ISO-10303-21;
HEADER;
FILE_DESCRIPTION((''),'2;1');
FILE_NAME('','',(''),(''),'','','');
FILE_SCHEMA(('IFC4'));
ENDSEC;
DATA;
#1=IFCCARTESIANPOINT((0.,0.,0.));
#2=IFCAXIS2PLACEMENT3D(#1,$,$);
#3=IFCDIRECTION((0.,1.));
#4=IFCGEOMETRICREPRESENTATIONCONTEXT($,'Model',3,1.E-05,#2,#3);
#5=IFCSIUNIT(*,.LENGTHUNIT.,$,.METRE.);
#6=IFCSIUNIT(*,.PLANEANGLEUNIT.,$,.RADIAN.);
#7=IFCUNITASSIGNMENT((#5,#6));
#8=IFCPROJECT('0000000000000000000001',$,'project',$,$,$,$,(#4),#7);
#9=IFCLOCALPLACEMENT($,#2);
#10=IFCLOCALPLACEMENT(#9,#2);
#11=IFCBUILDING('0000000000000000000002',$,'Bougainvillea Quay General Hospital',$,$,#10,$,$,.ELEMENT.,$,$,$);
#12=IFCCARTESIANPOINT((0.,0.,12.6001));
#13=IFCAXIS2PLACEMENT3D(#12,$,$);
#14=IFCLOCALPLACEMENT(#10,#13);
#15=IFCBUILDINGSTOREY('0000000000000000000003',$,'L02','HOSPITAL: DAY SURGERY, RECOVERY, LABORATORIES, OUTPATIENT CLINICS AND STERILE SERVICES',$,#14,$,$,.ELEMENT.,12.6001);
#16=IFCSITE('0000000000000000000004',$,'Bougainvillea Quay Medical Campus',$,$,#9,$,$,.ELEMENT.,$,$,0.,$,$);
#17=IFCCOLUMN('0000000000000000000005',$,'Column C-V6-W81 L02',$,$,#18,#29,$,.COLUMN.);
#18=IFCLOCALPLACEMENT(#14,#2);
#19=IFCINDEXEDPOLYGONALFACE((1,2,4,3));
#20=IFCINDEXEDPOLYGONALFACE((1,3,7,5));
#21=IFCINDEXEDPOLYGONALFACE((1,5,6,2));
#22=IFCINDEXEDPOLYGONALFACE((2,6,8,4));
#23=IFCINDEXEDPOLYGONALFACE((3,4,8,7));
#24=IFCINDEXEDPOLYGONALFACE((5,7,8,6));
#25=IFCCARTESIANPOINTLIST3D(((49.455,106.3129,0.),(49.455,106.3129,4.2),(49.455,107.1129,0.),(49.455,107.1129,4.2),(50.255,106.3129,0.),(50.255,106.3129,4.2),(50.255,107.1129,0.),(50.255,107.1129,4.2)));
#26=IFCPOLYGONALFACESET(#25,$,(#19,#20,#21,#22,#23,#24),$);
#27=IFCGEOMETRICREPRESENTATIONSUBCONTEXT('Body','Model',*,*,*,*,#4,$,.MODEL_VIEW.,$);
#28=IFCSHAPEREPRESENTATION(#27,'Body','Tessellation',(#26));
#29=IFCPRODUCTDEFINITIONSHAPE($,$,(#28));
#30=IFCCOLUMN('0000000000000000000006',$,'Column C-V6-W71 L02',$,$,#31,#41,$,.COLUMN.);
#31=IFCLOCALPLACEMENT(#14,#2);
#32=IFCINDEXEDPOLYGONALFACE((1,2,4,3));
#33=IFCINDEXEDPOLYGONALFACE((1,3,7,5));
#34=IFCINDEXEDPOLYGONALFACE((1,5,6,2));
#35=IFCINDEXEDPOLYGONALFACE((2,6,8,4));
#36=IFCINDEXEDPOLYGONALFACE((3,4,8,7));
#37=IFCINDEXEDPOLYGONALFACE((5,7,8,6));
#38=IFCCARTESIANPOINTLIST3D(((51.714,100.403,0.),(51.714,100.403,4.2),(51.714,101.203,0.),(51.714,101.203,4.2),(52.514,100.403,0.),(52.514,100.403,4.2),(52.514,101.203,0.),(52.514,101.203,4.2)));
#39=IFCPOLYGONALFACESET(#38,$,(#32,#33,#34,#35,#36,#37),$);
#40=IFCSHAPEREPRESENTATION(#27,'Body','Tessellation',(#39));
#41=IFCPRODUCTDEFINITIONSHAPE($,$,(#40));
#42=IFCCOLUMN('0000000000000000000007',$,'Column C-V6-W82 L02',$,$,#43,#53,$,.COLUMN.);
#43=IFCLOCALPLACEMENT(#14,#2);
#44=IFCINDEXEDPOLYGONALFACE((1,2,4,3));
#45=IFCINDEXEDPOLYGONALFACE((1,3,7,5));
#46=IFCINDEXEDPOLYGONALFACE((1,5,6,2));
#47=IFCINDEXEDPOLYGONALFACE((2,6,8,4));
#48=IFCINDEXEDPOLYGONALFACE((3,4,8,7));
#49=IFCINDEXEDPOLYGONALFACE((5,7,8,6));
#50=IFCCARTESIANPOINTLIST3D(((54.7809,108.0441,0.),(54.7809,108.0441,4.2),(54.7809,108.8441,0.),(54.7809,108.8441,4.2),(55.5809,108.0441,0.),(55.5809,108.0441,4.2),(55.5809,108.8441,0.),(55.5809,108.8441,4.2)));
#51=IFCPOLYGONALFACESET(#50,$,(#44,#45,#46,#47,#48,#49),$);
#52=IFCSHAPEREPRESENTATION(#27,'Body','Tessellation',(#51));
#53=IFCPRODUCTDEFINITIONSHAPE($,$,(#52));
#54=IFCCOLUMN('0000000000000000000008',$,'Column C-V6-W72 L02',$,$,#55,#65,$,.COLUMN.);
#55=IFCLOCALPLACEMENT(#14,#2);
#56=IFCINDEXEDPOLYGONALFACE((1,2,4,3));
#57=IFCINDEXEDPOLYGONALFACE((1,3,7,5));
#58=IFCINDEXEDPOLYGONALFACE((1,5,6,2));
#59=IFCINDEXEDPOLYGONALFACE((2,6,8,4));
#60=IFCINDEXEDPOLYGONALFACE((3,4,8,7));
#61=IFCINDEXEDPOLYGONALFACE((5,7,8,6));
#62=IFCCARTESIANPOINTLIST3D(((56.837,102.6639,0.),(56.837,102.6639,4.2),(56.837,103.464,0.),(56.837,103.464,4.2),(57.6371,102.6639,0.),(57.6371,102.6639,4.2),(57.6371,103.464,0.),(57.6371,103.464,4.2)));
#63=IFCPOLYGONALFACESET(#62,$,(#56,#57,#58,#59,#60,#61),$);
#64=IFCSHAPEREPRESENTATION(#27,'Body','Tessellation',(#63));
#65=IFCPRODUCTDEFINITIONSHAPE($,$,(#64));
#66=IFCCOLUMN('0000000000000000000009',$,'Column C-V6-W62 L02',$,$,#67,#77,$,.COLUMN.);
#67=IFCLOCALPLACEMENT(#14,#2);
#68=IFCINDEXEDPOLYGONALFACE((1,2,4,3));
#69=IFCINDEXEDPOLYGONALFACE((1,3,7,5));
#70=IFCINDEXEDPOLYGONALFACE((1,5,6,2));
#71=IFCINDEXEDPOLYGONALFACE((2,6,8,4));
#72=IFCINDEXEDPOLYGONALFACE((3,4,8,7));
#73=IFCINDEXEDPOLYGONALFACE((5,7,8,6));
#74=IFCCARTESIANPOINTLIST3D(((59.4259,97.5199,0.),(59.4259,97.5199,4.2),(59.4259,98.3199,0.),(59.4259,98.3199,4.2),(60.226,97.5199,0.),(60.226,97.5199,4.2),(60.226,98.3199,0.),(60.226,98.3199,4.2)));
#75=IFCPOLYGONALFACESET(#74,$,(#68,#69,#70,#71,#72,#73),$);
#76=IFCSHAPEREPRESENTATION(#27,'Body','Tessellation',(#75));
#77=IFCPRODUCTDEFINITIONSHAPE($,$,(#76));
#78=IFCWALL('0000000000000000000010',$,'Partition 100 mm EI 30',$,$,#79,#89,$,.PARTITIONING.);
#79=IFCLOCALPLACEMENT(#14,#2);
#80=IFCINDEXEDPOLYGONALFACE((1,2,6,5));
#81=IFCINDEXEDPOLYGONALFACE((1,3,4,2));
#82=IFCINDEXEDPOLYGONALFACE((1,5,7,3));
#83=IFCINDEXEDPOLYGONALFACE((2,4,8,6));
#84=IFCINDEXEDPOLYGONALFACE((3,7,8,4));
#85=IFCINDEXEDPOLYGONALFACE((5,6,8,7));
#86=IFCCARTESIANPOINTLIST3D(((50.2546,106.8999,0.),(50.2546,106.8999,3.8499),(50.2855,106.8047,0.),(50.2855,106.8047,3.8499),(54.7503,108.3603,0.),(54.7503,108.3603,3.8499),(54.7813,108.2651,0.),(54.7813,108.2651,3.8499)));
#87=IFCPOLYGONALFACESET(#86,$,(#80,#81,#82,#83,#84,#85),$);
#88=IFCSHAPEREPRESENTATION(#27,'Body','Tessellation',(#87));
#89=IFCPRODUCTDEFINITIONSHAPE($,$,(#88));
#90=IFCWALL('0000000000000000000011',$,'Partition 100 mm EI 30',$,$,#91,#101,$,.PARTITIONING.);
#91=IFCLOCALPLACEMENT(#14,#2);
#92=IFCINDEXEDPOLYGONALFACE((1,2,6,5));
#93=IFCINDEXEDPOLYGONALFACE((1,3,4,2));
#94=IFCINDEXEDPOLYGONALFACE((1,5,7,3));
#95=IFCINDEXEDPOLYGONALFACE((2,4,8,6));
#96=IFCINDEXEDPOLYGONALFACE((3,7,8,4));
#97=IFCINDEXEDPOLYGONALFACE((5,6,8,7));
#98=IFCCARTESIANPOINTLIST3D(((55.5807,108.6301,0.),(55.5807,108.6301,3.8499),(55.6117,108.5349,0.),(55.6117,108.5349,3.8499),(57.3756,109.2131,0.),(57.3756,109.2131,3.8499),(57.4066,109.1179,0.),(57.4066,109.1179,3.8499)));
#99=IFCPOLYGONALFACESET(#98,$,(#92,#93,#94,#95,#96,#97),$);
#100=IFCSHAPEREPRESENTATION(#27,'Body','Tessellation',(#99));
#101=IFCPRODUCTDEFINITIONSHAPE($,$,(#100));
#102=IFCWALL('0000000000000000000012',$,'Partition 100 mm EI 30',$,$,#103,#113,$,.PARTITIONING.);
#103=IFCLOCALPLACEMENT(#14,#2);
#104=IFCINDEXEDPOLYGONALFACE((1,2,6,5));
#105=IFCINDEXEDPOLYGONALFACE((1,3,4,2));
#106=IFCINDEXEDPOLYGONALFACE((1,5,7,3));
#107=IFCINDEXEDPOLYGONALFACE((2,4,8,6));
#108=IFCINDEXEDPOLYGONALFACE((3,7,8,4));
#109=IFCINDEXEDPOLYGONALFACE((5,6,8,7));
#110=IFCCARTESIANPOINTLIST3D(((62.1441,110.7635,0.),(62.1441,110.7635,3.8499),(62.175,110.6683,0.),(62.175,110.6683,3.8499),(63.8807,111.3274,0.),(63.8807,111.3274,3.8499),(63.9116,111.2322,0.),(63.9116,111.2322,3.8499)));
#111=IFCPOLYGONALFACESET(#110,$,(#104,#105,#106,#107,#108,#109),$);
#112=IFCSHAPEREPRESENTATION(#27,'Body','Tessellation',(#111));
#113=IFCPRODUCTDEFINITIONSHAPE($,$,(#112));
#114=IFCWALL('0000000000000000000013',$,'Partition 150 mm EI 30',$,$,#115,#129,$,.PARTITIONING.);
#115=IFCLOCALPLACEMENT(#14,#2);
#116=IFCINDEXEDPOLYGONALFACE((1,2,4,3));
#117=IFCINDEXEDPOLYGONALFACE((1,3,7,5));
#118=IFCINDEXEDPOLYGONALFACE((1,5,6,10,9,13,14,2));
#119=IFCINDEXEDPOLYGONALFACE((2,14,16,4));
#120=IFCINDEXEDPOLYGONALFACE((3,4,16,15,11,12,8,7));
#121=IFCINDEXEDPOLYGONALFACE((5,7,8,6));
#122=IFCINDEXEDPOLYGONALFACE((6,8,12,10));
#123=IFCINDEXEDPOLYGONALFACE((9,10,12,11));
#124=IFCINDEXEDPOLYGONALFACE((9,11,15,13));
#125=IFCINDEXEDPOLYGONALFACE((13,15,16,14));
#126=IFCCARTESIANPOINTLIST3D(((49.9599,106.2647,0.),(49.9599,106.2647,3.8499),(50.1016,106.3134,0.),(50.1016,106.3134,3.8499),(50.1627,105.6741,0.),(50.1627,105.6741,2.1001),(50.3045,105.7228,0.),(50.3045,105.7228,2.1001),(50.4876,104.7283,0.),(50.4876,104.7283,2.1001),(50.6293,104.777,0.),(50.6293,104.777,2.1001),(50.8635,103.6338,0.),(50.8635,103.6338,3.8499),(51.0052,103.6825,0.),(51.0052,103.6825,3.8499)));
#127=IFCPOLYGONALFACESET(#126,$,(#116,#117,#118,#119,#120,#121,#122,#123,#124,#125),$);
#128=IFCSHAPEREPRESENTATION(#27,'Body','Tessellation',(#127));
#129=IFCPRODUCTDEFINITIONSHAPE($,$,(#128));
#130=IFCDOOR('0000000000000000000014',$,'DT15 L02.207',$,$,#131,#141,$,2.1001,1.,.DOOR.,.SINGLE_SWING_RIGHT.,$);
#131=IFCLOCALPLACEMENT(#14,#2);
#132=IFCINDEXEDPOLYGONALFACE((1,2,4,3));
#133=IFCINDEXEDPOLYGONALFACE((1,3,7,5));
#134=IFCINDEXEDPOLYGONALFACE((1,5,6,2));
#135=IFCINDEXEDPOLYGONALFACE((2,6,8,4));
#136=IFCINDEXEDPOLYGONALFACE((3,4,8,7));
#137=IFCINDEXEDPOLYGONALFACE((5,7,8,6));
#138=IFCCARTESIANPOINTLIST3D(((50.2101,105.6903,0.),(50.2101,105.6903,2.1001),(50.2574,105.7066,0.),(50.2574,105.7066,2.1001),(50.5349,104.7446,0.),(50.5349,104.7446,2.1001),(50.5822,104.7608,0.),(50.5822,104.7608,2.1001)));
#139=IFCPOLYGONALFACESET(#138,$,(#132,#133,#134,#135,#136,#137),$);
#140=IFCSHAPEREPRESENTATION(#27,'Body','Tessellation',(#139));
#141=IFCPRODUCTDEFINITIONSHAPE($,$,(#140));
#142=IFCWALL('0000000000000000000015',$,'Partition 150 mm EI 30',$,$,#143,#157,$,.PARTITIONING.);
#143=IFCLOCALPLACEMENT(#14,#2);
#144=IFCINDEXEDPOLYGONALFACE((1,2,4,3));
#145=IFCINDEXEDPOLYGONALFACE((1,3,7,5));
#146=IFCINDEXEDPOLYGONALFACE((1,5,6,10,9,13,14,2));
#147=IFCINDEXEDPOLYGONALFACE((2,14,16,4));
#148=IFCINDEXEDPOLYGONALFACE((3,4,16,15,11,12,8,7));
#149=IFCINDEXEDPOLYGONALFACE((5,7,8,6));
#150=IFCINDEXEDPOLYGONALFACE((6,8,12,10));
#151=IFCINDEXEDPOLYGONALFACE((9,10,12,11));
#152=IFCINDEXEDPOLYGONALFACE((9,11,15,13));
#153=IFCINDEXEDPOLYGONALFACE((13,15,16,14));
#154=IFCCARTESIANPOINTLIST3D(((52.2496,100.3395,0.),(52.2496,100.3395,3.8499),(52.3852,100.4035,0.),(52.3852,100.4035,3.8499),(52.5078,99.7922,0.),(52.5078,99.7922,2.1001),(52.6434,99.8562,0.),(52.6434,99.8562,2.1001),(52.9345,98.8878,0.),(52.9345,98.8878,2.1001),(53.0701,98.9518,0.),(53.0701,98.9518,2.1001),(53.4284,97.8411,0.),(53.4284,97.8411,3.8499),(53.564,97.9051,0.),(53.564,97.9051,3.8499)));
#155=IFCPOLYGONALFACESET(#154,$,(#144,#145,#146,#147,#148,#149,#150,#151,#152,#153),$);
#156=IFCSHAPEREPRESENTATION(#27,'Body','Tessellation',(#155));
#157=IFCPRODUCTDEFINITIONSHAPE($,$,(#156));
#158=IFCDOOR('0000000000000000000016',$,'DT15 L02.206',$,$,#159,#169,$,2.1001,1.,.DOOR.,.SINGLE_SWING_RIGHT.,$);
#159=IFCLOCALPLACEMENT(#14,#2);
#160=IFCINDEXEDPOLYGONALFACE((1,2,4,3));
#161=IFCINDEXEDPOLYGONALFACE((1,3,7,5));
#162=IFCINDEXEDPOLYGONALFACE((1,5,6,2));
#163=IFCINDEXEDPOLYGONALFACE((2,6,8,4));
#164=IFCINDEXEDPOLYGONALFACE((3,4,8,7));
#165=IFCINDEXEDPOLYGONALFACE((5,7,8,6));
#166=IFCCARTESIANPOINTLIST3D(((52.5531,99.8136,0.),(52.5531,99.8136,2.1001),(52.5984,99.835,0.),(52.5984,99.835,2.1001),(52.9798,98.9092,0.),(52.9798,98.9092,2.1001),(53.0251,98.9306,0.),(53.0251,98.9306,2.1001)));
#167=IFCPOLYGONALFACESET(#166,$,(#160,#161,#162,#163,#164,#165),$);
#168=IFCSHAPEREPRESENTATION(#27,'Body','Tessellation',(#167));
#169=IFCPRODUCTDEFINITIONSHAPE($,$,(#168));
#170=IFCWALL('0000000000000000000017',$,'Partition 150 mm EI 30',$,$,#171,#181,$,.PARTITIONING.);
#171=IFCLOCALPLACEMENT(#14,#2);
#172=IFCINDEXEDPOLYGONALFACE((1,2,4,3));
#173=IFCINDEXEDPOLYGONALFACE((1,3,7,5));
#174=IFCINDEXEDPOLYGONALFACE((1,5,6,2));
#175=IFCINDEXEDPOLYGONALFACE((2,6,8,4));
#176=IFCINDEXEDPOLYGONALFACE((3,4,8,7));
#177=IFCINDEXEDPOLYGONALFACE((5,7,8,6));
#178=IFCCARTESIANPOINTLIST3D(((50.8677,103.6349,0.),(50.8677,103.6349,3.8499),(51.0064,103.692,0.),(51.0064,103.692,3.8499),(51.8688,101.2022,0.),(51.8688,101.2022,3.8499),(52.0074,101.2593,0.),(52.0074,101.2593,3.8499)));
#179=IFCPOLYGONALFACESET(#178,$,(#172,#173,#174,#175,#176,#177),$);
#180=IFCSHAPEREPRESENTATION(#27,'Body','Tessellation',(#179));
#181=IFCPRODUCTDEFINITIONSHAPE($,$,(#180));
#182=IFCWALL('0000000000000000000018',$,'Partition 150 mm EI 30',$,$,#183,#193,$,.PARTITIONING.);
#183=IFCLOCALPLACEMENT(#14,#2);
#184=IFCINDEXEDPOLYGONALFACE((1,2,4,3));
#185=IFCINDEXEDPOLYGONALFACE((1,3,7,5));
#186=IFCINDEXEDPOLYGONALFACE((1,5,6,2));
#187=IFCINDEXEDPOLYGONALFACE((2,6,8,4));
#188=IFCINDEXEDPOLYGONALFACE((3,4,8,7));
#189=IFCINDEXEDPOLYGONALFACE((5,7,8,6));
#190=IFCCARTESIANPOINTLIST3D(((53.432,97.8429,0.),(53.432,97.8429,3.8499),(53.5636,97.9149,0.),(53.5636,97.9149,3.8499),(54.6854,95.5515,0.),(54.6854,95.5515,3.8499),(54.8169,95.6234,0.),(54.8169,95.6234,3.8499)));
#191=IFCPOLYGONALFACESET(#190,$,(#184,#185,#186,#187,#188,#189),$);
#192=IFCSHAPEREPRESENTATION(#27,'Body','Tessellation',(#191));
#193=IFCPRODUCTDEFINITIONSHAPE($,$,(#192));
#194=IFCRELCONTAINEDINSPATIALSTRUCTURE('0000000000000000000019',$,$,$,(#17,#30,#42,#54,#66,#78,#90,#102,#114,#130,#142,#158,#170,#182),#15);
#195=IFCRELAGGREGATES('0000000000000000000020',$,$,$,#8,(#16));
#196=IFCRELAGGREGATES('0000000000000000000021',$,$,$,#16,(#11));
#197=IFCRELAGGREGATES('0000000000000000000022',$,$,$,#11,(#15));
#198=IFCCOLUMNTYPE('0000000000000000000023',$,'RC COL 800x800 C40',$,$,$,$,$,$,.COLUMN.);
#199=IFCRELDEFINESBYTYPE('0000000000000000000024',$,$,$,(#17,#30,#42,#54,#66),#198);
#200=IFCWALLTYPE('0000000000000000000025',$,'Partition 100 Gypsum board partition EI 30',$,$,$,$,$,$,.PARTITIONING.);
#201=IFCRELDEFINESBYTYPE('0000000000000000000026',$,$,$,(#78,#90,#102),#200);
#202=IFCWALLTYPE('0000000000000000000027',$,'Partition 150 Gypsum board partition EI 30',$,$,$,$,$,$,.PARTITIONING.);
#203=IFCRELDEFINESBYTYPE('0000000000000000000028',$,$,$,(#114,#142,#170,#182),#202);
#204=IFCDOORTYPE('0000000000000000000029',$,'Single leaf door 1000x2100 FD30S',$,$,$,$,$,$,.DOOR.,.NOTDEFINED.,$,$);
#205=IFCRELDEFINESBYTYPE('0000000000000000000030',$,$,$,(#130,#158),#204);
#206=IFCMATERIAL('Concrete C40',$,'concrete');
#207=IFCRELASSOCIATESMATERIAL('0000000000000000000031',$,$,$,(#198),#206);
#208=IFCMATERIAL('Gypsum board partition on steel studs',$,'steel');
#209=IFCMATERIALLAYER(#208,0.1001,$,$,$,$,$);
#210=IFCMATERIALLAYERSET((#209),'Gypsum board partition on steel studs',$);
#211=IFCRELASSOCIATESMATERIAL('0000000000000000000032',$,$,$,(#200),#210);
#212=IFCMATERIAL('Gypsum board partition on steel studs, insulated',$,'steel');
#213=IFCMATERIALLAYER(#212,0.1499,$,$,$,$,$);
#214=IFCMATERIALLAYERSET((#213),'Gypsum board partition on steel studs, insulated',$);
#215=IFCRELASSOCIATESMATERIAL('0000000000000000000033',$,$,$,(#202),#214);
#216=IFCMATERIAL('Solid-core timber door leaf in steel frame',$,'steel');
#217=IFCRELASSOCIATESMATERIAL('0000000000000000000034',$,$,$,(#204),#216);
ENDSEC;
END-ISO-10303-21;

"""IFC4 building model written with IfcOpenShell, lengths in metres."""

from ifc_helpers import new_model, si_unit, direction, frame, frame_2d, origin, origin_2d, place, context, subcontext, project, spatial, rectangle, extrude, material, layer, layer_set, material_profile, profile_set, type_object, element, fill, save


model = new_model("IFC4")

# Units and contexts
model_context = context("Model", 3, precision=1e-05, world=origin(), true_north=direction((0.0, 1.0)))
body_context = subcontext(model_context, "Body", "Model", "MODEL_VIEW")
ifc_project = project(units=[si_unit("LENGTHUNIT", "METRE"), si_unit("PLANEANGLEUNIT", "RADIAN")], contexts=[model_context])

# Site, building, storey
site_placement = place(None, origin())
site = spatial("IfcSite", under=ifc_project, at=site_placement, Name="Bougainvillea Quay Medical Campus", CompositionType="ELEMENT", RefElevation=0.0)
building_placement = place(site_placement, origin())
building = spatial("IfcBuilding", under=site, at=building_placement, Name="Bougainvillea Quay General Hospital", CompositionType="ELEMENT")
storey_placement = place(building_placement, frame((0.0, 0.0, 12.6001)))
storey = spatial("IfcBuildingStorey", under=building, at=storey_placement, Name="L02", Description="HOSPITAL: DAY SURGERY, RECOVERY, LABORATORIES, OUTPATIENT CLINICS AND STERILE SERVICES", CompositionType="ELEMENT", Elevation=12.6001)

# Columns
ifc_material_1 = material(Name="Concrete C40", Category="concrete")
ifc_material_profile = material_profile(ifc_material_1, rectangle(XDim=0.8, YDim=0.8, at=origin_2d()))
ifc_profile_set = profile_set([ifc_material_profile], Name="Concrete C40")
column_type = type_object("IfcColumnType", Name="RC COL 800x800 C40", PredefinedType="COLUMN", material=ifc_profile_set)
for number, where, z_axis, x_axis, name in (
    (1, (49.855, 106.7129, 0.0), (0.0, 0.0, 1.0), (1.0, 0.0, 0.0), "Column C-V6-W81 L02"),
    (2, (52.114, 100.803, 0.0), (0.0, 0.0, 1.0), (1.0, 0.0, 0.0), "Column C-V6-W71 L02"),
    (3, (55.1809, 108.4441, 0.0), (0.0, 0.0, 1.0), (1.0, 0.0, 0.0), "Column C-V6-W82 L02"),
    (4, (57.2371, 103.064, 0.0), (0.0, 0.0, 1.0), (1.0, 0.0, 0.0), "Column C-V6-W72 L02"),
    (5, (59.8259, 97.9199, 0.0), (0.0, 0.0, 1.0), (1.0, 0.0, 0.0), "Column C-V6-W62 L02"),
):
    element("IfcColumn", number, at=place(storey_placement, frame(where, z_axis=z_axis, x_axis=x_axis)), inside=storey, type_object=column_type, Name=name, PredefinedType="COLUMN", context=body_context, shape_type="SweptSolid", body=[
        extrude(rectangle(XDim=0.8, YDim=0.8, at=origin_2d()), origin(), (0.0, 0.0, 1.0), 4.2),
    ])

# Walls
ifc_material_2 = material(Name="Gypsum board partition on steel studs", Category="steel")
ifc_layer_1 = layer(ifc_material_2, 0.1001)
ifc_layer_set_1 = layer_set([ifc_layer_1], Name="Gypsum board partition on steel studs")
wall_type_1 = type_object("IfcWallType", Name="Partition 100 Gypsum board partition EI 30", PredefinedType="PARTITIONING", material=ifc_layer_set_1)
wall_1_placement = place(storey_placement, frame((50.27, 106.8523, 0.0), z_axis=(0.0, 0.0, 1.0), x_axis=(0.951078, 0.308952, 0.0)))
element("IfcWall", 6, at=wall_1_placement, inside=storey, type_object=wall_type_1, Name="Partition 100 mm EI 30", PredefinedType="PARTITIONING", context=body_context, shape_type="SweptSolid", body=[
    extrude(rectangle(XDim=4.7271, YDim=0.1001, at=frame_2d((2.3635, 0.0))), origin(), (0.0, 0.0, 1.0), 3.8499),
])
wall_2_placement = place(storey_placement, frame((55.5962, 108.5825, 0.0), z_axis=(0.0, 0.0, 1.0), x_axis=(0.951087, 0.308922, 0.0)))
element("IfcWall", 7, at=wall_2_placement, inside=storey, type_object=wall_type_1, Name="Partition 100 mm EI 30", PredefinedType="PARTITIONING", context=body_context, shape_type="SweptSolid", body=[
    extrude(rectangle(XDim=1.8872, YDim=0.1001, at=frame_2d((0.9436, 0.0))), origin(), (0.0, 0.0, 1.0), 3.8499),
])
wall_3_placement = place(storey_placement, frame((62.1594, 110.7158, 0.0), z_axis=(0.0, 0.0, 1.0), x_axis=(0.951102, 0.308877, 0.0)))
element("IfcWall", 8, at=wall_3_placement, inside=storey, type_object=wall_type_1, Name="Partition 100 mm EI 30", PredefinedType="PARTITIONING", context=body_context, shape_type="SweptSolid", body=[
    extrude(rectangle(XDim=1.8259, YDim=0.1001, at=frame_2d((0.9131, 0.0))), origin(), (0.0, 0.0, 1.0), 3.8499),
])

# Walls, openings, doors
ifc_material_3 = material(Name="Gypsum board partition on steel studs, insulated", Category="steel")
ifc_layer_2 = layer(ifc_material_3, 0.1499)
ifc_layer_set_2 = layer_set([ifc_layer_2], Name="Gypsum board partition on steel studs, insulated")
wall_type_2 = type_object("IfcWallType", Name="Partition 150 Gypsum board partition EI 30", PredefinedType="PARTITIONING", material=ifc_layer_set_2)
wall_4_placement = place(storey_placement, frame((50.0308, 106.2891, 0.0), z_axis=(0.0, 0.0, 1.0), x_axis=(0.324825, -0.945774, 0.0)))
wall_4 = element("IfcWall", 9, at=wall_4_placement, inside=storey, type_object=wall_type_2, Name="Partition 150 mm EI 30", PredefinedType="PARTITIONING", context=body_context, shape_type="SweptSolid", body=[
    extrude(rectangle(XDim=2.7817, YDim=0.1499, at=frame_2d((1.3909, 0.0))), origin(), (0.0, 0.0, 1.0), 3.8499),
])
opening_1_placement = place(wall_4_placement, frame((0.6245, 0.0, 0.0)))
opening_1 = element("IfcOpeningElement", 10, at=opening_1_placement, cuts=wall_4, PredefinedType="OPENING", context=body_context, shape_type="SweptSolid", body=[
    extrude(rectangle(XDim=1.0, YDim=2.1001, at=frame_2d((0.5, 1.05))), frame((0.0, 0.085, 0.0), z_axis=(0.0, -1.0, 0.0), x_axis=(1.0, 0.0, 0.0)), (0.0, 0.0, 1.0), 0.1699),
])
ifc_material_4 = material(Name="Solid-core timber door leaf in steel frame", Category="steel")
door_type_1 = type_object("IfcDoorType", Name="Single leaf door 1000x2100 FD30S", OperationType="NOTDEFINED", PredefinedType="DOOR", material=ifc_material_4)
door_1_placement = place(opening_1_placement, frame((1.0, 0.0, 0.0), z_axis=(0.0, 0.0, 1.0), x_axis=(-1.0, 0.0, 0.0)))
door_1 = element("IfcDoor", 11, at=door_1_placement, inside=storey, type_object=door_type_1, Name="DT15 L02.207", OperationType="SINGLE_SWING_RIGHT", OverallHeight=2.1001, OverallWidth=1.0, PredefinedType="DOOR", context=body_context, shape_type="SweptSolid", body=[
    extrude(rectangle(XDim=1.0, YDim=2.1001, at=frame_2d((0.5, 1.05))), frame((0.0, 0.0249, 0.0), z_axis=(0.0, -1.0, 0.0), x_axis=(1.0, 0.0, 0.0)), (0.0, 0.0, 1.0), 0.05),
])
fill(opening_1, door_1)
wall_5_placement = place(storey_placement, frame((52.3174, 100.3716, 0.0), z_axis=(0.0, 0.0, 1.0), x_axis=(0.426699, -0.904394, 0.0)))
wall_5 = element("IfcWall", 12, at=wall_5_placement, inside=storey, type_object=wall_type_2, Name="Partition 150 mm EI 30", PredefinedType="PARTITIONING", context=body_context, shape_type="SweptSolid", body=[
    extrude(rectangle(XDim=2.7625, YDim=0.1499, at=frame_2d((1.3813, 0.0))), origin(), (0.0, 0.0, 1.0), 3.8499),
])
opening_2_placement = place(wall_5_placement, frame((0.6052, 0.0, 0.0)))
opening_2 = element("IfcOpeningElement", 13, at=opening_2_placement, cuts=wall_5, PredefinedType="OPENING", context=body_context, shape_type="SweptSolid", body=[
    extrude(rectangle(XDim=1.0, YDim=2.1001, at=frame_2d((0.5, 1.05))), frame((0.0, 0.085, 0.0), z_axis=(0.0, -1.0, 0.0), x_axis=(1.0, 0.0, 0.0)), (0.0, 0.0, 1.0), 0.1699),
])
door_2_placement = place(opening_2_placement, frame((1.0, 0.0, 0.0), z_axis=(0.0, 0.0, 1.0), x_axis=(-1.0, 0.0, 0.0)))
door_2 = element("IfcDoor", 14, at=door_2_placement, inside=storey, type_object=door_type_1, Name="DT15 L02.206", OperationType="SINGLE_SWING_RIGHT", OverallHeight=2.1001, OverallWidth=1.0, PredefinedType="DOOR", context=body_context, shape_type="SweptSolid", body=[
    extrude(rectangle(XDim=1.0, YDim=2.1001, at=frame_2d((0.5, 1.05))), frame((0.0, 0.0249, 0.0), z_axis=(0.0, -1.0, 0.0), x_axis=(1.0, 0.0, 0.0)), (0.0, 0.0, 1.0), 0.05),
])
fill(opening_2, door_2)

# Walls
wall_6_placement = place(storey_placement, frame((50.937, 103.6636, 0.0), z_axis=(0.0, 0.0, 1.0), x_axis=(0.380526, -0.92477, 0.0)))
element("IfcWall", 15, at=wall_6_placement, inside=storey, type_object=wall_type_2, Name="Partition 150 mm EI 30", PredefinedType="PARTITIONING", context=body_context, shape_type="SweptSolid", body=[
    extrude(rectangle(XDim=2.6306, YDim=0.1499, at=frame_2d((1.3154, 0.0))), origin(), (0.0, 0.0, 1.0), 3.8499),
])
wall_7_placement = place(storey_placement, frame((53.4978, 97.8789, 0.0), z_axis=(0.0, 0.0, 1.0), x_axis=(0.479887, -0.877331, 0.0)))
element("IfcWall", 16, at=wall_7_placement, inside=storey, type_object=wall_type_2, Name="Partition 150 mm EI 30", PredefinedType="PARTITIONING", context=body_context, shape_type="SweptSolid", body=[
    extrude(rectangle(XDim=2.6118, YDim=0.1499, at=frame_2d((1.3059, 0.0))), origin(), (0.0, 0.0, 1.0), 3.8499),
])

save(model, "model.ifc")
